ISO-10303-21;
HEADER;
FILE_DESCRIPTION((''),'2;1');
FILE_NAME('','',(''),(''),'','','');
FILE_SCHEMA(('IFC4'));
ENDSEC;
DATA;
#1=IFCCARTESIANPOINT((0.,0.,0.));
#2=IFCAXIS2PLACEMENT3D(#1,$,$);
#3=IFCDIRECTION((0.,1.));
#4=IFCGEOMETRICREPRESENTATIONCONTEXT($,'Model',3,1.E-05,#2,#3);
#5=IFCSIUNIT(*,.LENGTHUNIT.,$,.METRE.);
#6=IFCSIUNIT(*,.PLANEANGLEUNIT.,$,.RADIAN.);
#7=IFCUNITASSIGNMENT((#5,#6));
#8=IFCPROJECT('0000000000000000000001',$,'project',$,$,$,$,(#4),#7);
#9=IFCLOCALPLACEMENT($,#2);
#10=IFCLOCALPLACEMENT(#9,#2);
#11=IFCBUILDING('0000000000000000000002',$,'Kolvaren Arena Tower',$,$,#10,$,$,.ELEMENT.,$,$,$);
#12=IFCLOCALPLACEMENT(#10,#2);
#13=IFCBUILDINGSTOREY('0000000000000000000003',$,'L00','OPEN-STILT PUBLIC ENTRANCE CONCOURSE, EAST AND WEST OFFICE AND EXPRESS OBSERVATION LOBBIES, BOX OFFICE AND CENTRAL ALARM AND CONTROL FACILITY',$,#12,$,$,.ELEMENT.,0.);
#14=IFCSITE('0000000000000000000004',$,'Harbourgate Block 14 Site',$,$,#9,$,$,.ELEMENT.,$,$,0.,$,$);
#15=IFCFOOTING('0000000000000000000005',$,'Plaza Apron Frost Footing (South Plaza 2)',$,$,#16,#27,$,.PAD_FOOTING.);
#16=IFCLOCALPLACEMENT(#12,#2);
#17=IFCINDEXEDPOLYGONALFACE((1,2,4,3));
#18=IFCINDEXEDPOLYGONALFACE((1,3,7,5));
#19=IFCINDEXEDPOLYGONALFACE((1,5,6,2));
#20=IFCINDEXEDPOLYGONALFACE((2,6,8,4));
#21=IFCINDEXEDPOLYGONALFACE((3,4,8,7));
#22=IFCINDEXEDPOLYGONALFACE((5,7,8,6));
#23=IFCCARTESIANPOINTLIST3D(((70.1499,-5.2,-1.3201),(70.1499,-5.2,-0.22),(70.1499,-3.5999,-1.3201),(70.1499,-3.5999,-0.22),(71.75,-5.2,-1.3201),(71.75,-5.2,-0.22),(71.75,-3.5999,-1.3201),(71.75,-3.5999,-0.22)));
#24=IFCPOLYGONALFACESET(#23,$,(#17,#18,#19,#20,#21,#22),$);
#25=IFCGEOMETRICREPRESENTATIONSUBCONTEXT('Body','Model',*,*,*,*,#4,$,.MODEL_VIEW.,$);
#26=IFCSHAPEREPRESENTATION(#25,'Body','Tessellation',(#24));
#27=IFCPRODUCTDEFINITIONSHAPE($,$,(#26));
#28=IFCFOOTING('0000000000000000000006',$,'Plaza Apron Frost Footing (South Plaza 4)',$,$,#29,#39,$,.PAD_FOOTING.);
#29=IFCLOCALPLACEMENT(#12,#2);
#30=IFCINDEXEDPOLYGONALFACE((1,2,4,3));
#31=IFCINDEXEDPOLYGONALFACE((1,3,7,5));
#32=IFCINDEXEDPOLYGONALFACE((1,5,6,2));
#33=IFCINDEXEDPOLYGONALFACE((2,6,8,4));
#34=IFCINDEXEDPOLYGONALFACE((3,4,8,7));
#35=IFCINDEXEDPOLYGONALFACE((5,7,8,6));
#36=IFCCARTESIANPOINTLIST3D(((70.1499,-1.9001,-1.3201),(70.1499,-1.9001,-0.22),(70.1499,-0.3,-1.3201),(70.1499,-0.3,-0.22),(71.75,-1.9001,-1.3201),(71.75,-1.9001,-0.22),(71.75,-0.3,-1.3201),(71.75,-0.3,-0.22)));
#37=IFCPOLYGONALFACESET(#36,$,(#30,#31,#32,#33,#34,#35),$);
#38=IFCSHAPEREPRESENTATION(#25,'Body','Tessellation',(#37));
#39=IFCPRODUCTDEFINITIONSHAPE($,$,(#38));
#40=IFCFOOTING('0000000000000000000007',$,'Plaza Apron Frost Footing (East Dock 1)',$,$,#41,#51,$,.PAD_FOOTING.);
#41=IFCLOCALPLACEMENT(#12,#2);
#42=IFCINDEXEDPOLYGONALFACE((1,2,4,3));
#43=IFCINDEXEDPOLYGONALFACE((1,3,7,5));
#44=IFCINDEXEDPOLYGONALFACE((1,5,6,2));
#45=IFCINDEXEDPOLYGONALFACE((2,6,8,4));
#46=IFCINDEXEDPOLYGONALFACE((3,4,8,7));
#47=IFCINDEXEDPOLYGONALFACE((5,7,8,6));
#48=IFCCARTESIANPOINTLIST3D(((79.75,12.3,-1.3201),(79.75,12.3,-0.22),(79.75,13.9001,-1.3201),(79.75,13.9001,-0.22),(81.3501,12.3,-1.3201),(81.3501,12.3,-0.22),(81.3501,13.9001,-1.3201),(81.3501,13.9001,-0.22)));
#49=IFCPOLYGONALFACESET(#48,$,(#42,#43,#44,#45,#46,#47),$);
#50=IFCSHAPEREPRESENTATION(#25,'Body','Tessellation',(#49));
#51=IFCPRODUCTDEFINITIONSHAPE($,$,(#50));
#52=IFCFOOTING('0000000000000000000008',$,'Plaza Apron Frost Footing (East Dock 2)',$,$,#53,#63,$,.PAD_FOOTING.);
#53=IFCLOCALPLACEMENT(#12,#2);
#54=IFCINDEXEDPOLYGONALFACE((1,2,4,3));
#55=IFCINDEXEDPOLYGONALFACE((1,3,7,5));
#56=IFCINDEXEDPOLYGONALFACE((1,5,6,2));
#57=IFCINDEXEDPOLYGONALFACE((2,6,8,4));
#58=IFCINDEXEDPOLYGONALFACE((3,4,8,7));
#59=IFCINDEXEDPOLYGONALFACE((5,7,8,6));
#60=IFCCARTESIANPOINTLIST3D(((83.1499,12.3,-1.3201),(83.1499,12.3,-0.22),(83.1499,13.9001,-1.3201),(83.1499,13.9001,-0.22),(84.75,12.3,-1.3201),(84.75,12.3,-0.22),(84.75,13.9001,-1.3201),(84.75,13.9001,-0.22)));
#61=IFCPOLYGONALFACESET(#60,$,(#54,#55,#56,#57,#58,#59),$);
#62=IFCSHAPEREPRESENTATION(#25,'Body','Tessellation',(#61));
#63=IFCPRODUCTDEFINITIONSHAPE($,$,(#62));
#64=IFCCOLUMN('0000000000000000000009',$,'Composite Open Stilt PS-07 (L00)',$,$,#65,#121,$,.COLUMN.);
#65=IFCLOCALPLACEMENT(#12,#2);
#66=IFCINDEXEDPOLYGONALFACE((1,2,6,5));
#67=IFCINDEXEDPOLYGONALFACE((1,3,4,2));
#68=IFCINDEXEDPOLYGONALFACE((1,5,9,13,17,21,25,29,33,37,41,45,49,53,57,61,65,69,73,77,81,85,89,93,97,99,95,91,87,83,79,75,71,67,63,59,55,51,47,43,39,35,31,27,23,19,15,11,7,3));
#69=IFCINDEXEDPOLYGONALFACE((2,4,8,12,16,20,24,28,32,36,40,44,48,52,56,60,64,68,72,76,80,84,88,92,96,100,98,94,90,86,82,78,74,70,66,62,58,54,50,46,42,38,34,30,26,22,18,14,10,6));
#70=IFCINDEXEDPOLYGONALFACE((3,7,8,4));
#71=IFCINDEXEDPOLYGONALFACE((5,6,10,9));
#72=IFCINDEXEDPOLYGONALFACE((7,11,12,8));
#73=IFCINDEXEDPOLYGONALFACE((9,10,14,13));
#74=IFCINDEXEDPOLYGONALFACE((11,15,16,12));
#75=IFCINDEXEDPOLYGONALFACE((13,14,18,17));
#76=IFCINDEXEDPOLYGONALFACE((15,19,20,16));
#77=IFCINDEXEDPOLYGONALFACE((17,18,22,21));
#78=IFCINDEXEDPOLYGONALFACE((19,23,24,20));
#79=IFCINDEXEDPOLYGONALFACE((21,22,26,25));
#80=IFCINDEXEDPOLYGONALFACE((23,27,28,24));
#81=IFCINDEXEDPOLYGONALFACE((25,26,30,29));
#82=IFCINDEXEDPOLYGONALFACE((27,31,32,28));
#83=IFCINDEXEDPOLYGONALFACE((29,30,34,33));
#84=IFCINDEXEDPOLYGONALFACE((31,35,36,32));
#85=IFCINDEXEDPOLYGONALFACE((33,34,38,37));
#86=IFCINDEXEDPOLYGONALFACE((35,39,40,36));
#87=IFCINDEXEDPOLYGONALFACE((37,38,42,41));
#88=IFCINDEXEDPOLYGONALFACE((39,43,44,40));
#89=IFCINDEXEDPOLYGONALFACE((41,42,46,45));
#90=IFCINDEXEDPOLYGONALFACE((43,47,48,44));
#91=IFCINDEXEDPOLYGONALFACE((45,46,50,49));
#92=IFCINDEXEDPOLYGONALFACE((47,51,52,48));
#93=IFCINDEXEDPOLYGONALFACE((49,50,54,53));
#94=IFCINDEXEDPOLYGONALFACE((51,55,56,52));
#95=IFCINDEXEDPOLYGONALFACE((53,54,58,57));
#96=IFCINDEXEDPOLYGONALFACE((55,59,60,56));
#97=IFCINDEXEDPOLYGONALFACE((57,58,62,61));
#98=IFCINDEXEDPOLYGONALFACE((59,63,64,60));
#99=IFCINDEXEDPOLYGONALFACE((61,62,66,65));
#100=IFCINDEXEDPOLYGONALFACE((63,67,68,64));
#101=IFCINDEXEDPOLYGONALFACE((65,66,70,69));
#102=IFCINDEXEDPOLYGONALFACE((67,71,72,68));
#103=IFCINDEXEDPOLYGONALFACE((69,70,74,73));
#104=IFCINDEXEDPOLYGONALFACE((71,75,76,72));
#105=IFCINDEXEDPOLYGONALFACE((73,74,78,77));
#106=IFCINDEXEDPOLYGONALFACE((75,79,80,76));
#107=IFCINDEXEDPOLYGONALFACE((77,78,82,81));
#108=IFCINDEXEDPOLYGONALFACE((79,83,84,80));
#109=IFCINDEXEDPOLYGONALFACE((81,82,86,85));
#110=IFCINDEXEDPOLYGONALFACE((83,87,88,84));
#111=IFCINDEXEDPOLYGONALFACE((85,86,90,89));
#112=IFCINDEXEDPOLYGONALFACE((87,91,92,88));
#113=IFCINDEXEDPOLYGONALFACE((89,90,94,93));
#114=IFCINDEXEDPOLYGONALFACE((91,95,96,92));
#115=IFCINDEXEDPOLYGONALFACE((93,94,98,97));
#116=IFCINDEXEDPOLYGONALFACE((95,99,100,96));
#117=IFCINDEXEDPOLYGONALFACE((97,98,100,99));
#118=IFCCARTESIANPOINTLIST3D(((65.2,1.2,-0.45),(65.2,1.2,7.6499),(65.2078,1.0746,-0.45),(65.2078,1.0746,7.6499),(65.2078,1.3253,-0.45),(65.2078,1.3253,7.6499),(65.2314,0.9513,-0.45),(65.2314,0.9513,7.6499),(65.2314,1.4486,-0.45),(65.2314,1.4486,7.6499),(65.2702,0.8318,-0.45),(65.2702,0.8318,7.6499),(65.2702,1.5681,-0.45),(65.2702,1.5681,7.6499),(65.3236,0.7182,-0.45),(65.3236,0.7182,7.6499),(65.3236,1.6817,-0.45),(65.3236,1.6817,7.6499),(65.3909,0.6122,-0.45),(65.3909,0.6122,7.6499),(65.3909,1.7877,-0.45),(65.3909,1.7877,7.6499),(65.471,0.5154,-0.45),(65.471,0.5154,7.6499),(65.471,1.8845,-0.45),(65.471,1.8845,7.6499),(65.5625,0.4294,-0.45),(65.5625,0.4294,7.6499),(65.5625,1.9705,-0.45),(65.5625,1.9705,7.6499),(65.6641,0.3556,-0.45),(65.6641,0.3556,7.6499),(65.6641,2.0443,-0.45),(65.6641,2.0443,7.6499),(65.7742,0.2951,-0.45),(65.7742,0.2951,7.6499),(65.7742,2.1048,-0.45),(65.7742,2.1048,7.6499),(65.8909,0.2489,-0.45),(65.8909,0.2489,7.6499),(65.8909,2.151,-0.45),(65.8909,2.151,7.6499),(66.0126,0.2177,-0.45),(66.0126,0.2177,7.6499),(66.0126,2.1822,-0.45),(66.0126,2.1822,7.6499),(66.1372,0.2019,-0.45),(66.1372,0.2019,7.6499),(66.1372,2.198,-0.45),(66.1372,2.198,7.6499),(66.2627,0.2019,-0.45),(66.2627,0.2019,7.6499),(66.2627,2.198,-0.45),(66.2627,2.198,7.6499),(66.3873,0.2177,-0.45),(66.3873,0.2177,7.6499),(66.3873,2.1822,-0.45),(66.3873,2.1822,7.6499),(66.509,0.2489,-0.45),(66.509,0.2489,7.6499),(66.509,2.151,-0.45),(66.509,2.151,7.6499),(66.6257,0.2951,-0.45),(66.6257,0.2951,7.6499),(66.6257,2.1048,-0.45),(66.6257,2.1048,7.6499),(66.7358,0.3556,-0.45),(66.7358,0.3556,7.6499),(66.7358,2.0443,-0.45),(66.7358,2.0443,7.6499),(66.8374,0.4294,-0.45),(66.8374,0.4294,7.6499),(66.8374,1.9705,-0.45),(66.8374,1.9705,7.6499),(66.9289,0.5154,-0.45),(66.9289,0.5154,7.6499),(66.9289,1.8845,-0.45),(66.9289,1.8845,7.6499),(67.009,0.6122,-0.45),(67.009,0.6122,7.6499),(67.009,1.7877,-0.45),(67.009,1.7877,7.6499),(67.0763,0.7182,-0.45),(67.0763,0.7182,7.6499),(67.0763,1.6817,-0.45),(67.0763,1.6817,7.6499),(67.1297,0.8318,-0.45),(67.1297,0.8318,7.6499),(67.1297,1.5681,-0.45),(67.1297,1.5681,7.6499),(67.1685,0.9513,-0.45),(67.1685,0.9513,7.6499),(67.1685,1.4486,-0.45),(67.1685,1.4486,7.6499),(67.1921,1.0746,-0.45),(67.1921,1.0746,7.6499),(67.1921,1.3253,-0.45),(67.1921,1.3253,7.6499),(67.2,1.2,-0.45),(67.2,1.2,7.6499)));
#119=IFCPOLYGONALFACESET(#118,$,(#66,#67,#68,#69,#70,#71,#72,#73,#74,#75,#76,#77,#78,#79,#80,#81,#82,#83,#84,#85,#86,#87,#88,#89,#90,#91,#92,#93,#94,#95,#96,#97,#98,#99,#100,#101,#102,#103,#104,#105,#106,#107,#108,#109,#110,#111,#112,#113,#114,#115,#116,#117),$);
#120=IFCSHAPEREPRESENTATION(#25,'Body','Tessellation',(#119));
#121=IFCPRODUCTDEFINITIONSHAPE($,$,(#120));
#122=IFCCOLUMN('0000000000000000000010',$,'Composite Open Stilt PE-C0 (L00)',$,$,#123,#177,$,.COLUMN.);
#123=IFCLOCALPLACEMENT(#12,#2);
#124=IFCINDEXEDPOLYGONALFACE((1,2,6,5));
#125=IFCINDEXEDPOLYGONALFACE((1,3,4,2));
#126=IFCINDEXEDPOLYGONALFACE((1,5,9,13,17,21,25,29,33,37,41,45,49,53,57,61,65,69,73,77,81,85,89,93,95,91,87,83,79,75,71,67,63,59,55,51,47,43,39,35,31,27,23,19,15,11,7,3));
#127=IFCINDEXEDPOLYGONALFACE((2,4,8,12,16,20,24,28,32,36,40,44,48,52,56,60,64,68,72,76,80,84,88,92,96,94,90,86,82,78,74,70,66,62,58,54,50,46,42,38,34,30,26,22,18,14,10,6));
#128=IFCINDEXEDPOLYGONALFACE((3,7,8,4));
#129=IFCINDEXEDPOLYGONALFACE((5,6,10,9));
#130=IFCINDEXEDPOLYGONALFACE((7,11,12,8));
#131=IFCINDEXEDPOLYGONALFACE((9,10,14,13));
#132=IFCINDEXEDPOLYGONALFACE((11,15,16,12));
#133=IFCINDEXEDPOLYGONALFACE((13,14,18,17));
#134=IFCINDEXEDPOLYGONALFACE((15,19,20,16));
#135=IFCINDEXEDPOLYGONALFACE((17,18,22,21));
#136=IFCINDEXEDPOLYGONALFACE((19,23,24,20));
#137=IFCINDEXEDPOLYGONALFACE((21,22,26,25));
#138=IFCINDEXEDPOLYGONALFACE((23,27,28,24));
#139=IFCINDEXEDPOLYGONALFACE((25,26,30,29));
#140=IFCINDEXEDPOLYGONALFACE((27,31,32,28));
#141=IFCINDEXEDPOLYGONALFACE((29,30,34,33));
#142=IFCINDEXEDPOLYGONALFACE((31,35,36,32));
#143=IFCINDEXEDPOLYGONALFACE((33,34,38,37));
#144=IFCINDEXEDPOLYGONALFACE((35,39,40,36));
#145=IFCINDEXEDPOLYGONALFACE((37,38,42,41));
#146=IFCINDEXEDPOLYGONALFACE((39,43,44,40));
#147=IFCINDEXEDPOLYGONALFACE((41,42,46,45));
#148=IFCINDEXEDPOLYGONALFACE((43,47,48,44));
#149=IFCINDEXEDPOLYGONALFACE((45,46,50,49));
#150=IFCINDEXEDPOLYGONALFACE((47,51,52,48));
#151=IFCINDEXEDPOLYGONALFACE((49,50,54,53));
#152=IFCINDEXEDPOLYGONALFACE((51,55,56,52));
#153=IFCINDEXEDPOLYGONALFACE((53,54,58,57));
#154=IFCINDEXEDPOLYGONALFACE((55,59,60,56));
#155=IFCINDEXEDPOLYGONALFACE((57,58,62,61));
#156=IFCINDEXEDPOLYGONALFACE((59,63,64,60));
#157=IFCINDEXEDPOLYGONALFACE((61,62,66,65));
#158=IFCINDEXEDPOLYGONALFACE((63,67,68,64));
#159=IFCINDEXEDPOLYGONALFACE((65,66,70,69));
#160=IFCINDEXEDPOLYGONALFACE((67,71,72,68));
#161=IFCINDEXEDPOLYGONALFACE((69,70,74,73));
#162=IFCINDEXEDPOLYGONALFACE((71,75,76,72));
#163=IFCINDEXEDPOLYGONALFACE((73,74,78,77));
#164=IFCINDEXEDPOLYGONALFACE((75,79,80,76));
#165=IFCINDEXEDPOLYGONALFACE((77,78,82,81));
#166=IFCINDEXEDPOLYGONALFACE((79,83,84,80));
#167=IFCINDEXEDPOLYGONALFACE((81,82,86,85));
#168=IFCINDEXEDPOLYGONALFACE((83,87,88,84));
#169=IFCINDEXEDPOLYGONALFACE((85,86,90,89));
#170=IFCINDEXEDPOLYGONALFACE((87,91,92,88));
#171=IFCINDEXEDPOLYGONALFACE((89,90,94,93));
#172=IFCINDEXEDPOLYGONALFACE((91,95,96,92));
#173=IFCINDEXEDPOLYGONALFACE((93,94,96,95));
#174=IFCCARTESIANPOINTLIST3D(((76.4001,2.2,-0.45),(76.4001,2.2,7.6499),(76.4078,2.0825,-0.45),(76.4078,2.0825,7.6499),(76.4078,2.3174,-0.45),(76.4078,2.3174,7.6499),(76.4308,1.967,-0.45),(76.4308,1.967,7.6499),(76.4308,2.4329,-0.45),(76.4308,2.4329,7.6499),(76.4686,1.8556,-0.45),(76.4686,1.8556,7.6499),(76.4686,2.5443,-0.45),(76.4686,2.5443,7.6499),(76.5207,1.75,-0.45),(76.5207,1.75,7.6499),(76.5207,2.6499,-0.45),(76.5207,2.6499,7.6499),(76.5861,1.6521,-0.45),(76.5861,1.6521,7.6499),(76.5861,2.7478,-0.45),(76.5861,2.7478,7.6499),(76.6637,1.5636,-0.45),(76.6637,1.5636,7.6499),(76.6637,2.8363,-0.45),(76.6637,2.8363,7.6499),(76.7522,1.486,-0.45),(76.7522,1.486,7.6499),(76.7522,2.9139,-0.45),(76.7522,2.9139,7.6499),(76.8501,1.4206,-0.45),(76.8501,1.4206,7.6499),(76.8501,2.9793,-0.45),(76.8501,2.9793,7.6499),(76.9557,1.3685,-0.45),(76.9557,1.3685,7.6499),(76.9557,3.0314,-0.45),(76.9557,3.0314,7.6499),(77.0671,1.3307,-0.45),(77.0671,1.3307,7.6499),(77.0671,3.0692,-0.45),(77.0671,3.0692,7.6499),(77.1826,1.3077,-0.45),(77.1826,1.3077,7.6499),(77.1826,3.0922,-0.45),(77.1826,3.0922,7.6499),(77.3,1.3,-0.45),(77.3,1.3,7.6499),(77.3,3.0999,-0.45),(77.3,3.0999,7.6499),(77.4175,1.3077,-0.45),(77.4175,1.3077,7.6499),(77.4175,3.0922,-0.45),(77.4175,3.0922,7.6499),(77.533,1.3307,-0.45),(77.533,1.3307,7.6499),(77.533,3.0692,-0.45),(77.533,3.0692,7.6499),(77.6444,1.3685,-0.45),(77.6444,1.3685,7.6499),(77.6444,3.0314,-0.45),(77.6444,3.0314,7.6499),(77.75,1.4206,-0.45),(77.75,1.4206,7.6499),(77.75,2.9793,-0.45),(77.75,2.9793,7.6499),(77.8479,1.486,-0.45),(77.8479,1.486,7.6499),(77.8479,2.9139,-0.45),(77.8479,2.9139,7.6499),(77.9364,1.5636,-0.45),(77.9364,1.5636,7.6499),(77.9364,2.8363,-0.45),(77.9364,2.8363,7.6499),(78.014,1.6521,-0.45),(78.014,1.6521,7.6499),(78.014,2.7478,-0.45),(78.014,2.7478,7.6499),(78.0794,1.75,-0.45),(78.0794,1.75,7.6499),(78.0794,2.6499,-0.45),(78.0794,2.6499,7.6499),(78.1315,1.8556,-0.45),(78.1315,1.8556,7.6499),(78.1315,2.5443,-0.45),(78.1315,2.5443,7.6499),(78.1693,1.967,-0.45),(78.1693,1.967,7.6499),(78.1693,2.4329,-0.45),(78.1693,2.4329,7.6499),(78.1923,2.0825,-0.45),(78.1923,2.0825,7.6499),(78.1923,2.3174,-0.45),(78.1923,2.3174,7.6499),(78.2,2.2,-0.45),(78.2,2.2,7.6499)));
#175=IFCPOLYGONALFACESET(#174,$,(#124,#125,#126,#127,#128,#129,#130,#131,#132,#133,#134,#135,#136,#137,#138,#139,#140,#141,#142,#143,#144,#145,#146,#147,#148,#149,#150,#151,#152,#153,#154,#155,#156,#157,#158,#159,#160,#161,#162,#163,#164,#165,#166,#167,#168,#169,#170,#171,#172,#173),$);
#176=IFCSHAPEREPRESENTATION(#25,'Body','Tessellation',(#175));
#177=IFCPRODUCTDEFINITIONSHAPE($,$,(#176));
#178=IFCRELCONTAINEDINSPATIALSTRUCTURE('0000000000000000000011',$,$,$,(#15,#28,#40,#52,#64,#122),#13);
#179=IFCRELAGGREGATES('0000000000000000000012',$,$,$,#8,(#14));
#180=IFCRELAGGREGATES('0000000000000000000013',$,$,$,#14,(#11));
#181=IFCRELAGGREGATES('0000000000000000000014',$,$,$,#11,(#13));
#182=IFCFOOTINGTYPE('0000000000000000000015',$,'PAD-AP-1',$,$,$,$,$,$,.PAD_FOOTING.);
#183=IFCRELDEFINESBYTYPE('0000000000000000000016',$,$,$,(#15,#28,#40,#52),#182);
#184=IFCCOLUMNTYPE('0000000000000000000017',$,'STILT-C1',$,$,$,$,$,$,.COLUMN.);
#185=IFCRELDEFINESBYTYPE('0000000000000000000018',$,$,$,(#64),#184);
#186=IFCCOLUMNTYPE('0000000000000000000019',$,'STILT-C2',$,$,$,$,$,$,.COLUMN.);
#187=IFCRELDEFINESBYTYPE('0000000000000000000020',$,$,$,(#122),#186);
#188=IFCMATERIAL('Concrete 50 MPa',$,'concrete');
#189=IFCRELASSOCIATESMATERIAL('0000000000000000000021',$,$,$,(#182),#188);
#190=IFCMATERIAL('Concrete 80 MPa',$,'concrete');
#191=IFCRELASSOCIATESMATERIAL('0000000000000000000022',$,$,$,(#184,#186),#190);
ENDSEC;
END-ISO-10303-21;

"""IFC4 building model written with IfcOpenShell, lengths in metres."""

from ifc_helpers import new_model, si_unit, direction, frame, origin, origin_2d, place, context, subcontext, project, spatial, rectangle, circle, extrude, material, material_profile, profile_set, type_object, element, save


model = new_model("IFC4")

# Units and contexts
model_context = context("Model", 3, precision=1e-05, world=origin(), true_north=direction((0.0, 1.0)))
body_context = subcontext(model_context, "Body", "Model", "MODEL_VIEW")
ifc_project = project(units=[si_unit("LENGTHUNIT", "METRE"), si_unit("PLANEANGLEUNIT", "RADIAN")], contexts=[model_context])

# Site, building, storey
site_placement = place(None, origin())
site = spatial("IfcSite", under=ifc_project, at=site_placement, Name="Harbourgate Block 14 Site", CompositionType="ELEMENT", RefElevation=0.0)
building_placement = place(site_placement, origin())
building = spatial("IfcBuilding", under=site, at=building_placement, Name="Kolvaren Arena Tower", CompositionType="ELEMENT")
storey_placement = place(building_placement, origin())
storey = spatial("IfcBuildingStorey", under=building, at=storey_placement, Name="L00", Description="OPEN-STILT PUBLIC ENTRANCE CONCOURSE, EAST AND WEST OFFICE AND EXPRESS OBSERVATION LOBBIES, BOX OFFICE AND CENTRAL ALARM AND CONTROL FACILITY", CompositionType="ELEMENT", Elevation=0.0)

# Footings
ifc_material_1 = material(Name="Concrete 50 MPa", Category="concrete")
footing_type = type_object("IfcFootingType", Name="PAD-AP-1", PredefinedType="PAD_FOOTING", material=ifc_material_1)
for number, where, z_axis, x_axis, name in (
    (1, (70.95, -4.3999, -1.3201), (0.0, 0.0, 1.0), (1.0, 0.0, 0.0), "Plaza Apron Frost Footing (South Plaza 2)"),
    (2, (70.95, -1.1001, -1.3201), (0.0, 0.0, 1.0), (1.0, 0.0, 0.0), "Plaza Apron Frost Footing (South Plaza 4)"),
    (3, (80.55, 13.1001, -1.3201), (0.0, 0.0, 1.0), (1.0, 0.0, 0.0), "Plaza Apron Frost Footing (East Dock 1)"),
    (4, (83.95, 13.1001, -1.3201), (0.0, 0.0, 1.0), (1.0, 0.0, 0.0), "Plaza Apron Frost Footing (East Dock 2)"),
):
    element("IfcFooting", number, at=place(storey_placement, frame(where, z_axis=z_axis, x_axis=x_axis)), inside=storey, type_object=footing_type, Name=name, PredefinedType="PAD_FOOTING", context=body_context, shape_type="SweptSolid", body=[
        extrude(rectangle(XDim=1.6001, YDim=1.6001, at=origin_2d()), origin(), (0.0, 0.0, 1.0), 1.1001),
    ])

# Columns
ifc_material_2 = material(Name="Concrete 80 MPa", Category="concrete")
ifc_material_profile_1 = material_profile(ifc_material_2, circle(Radius=1.0, at=origin_2d()), Name="RC-CIRC-2000")
ifc_profile_set_1 = profile_set([ifc_material_profile_1], Name="Concrete 80 MPa")
column_type_1 = type_object("IfcColumnType", Name="STILT-C1", PredefinedType="COLUMN", material=ifc_profile_set_1)
column_placement = place(storey_placement, frame((66.2, 1.2, -0.45), z_axis=(0.0, 0.0, 1.0), x_axis=(1.0, 0.0, 0.0)))
element("IfcColumn", 5, at=column_placement, inside=storey, type_object=column_type_1, Name="Composite Open Stilt PS-07 (L00)", PredefinedType="COLUMN", context=body_context, shape_type="SweptSolid", body=[
    extrude(circle(Radius=1.0, at=origin_2d()), origin(), (0.0, 0.0, 1.0), 8.0999),
])
ifc_material_profile_2 = material_profile(ifc_material_2, circle(Radius=0.8999, at=origin_2d()), Name="RC-CIRC-1800")
ifc_profile_set_2 = profile_set([ifc_material_profile_2], Name="Concrete 80 MPa")
column_type_2 = type_object("IfcColumnType", Name="STILT-C2", PredefinedType="COLUMN", material=ifc_profile_set_2)
for number, where, z_axis, x_axis, name in (
    (6, (77.3, 2.2, -0.45), (0.0, 0.0, 1.0), (1.0, 0.0, 0.0), "Composite Open Stilt PE-C0 (L00)"),
):
    element("IfcColumn", number, at=place(storey_placement, frame(where, z_axis=z_axis, x_axis=x_axis)), inside=storey, type_object=column_type_2, Name=name, PredefinedType="COLUMN", context=body_context, shape_type="SweptSolid", body=[
        extrude(circle(Radius=0.8999, at=origin_2d()), origin(), (0.0, 0.0, 1.0), 8.0999),
    ])

save(model, "model.ifc")
